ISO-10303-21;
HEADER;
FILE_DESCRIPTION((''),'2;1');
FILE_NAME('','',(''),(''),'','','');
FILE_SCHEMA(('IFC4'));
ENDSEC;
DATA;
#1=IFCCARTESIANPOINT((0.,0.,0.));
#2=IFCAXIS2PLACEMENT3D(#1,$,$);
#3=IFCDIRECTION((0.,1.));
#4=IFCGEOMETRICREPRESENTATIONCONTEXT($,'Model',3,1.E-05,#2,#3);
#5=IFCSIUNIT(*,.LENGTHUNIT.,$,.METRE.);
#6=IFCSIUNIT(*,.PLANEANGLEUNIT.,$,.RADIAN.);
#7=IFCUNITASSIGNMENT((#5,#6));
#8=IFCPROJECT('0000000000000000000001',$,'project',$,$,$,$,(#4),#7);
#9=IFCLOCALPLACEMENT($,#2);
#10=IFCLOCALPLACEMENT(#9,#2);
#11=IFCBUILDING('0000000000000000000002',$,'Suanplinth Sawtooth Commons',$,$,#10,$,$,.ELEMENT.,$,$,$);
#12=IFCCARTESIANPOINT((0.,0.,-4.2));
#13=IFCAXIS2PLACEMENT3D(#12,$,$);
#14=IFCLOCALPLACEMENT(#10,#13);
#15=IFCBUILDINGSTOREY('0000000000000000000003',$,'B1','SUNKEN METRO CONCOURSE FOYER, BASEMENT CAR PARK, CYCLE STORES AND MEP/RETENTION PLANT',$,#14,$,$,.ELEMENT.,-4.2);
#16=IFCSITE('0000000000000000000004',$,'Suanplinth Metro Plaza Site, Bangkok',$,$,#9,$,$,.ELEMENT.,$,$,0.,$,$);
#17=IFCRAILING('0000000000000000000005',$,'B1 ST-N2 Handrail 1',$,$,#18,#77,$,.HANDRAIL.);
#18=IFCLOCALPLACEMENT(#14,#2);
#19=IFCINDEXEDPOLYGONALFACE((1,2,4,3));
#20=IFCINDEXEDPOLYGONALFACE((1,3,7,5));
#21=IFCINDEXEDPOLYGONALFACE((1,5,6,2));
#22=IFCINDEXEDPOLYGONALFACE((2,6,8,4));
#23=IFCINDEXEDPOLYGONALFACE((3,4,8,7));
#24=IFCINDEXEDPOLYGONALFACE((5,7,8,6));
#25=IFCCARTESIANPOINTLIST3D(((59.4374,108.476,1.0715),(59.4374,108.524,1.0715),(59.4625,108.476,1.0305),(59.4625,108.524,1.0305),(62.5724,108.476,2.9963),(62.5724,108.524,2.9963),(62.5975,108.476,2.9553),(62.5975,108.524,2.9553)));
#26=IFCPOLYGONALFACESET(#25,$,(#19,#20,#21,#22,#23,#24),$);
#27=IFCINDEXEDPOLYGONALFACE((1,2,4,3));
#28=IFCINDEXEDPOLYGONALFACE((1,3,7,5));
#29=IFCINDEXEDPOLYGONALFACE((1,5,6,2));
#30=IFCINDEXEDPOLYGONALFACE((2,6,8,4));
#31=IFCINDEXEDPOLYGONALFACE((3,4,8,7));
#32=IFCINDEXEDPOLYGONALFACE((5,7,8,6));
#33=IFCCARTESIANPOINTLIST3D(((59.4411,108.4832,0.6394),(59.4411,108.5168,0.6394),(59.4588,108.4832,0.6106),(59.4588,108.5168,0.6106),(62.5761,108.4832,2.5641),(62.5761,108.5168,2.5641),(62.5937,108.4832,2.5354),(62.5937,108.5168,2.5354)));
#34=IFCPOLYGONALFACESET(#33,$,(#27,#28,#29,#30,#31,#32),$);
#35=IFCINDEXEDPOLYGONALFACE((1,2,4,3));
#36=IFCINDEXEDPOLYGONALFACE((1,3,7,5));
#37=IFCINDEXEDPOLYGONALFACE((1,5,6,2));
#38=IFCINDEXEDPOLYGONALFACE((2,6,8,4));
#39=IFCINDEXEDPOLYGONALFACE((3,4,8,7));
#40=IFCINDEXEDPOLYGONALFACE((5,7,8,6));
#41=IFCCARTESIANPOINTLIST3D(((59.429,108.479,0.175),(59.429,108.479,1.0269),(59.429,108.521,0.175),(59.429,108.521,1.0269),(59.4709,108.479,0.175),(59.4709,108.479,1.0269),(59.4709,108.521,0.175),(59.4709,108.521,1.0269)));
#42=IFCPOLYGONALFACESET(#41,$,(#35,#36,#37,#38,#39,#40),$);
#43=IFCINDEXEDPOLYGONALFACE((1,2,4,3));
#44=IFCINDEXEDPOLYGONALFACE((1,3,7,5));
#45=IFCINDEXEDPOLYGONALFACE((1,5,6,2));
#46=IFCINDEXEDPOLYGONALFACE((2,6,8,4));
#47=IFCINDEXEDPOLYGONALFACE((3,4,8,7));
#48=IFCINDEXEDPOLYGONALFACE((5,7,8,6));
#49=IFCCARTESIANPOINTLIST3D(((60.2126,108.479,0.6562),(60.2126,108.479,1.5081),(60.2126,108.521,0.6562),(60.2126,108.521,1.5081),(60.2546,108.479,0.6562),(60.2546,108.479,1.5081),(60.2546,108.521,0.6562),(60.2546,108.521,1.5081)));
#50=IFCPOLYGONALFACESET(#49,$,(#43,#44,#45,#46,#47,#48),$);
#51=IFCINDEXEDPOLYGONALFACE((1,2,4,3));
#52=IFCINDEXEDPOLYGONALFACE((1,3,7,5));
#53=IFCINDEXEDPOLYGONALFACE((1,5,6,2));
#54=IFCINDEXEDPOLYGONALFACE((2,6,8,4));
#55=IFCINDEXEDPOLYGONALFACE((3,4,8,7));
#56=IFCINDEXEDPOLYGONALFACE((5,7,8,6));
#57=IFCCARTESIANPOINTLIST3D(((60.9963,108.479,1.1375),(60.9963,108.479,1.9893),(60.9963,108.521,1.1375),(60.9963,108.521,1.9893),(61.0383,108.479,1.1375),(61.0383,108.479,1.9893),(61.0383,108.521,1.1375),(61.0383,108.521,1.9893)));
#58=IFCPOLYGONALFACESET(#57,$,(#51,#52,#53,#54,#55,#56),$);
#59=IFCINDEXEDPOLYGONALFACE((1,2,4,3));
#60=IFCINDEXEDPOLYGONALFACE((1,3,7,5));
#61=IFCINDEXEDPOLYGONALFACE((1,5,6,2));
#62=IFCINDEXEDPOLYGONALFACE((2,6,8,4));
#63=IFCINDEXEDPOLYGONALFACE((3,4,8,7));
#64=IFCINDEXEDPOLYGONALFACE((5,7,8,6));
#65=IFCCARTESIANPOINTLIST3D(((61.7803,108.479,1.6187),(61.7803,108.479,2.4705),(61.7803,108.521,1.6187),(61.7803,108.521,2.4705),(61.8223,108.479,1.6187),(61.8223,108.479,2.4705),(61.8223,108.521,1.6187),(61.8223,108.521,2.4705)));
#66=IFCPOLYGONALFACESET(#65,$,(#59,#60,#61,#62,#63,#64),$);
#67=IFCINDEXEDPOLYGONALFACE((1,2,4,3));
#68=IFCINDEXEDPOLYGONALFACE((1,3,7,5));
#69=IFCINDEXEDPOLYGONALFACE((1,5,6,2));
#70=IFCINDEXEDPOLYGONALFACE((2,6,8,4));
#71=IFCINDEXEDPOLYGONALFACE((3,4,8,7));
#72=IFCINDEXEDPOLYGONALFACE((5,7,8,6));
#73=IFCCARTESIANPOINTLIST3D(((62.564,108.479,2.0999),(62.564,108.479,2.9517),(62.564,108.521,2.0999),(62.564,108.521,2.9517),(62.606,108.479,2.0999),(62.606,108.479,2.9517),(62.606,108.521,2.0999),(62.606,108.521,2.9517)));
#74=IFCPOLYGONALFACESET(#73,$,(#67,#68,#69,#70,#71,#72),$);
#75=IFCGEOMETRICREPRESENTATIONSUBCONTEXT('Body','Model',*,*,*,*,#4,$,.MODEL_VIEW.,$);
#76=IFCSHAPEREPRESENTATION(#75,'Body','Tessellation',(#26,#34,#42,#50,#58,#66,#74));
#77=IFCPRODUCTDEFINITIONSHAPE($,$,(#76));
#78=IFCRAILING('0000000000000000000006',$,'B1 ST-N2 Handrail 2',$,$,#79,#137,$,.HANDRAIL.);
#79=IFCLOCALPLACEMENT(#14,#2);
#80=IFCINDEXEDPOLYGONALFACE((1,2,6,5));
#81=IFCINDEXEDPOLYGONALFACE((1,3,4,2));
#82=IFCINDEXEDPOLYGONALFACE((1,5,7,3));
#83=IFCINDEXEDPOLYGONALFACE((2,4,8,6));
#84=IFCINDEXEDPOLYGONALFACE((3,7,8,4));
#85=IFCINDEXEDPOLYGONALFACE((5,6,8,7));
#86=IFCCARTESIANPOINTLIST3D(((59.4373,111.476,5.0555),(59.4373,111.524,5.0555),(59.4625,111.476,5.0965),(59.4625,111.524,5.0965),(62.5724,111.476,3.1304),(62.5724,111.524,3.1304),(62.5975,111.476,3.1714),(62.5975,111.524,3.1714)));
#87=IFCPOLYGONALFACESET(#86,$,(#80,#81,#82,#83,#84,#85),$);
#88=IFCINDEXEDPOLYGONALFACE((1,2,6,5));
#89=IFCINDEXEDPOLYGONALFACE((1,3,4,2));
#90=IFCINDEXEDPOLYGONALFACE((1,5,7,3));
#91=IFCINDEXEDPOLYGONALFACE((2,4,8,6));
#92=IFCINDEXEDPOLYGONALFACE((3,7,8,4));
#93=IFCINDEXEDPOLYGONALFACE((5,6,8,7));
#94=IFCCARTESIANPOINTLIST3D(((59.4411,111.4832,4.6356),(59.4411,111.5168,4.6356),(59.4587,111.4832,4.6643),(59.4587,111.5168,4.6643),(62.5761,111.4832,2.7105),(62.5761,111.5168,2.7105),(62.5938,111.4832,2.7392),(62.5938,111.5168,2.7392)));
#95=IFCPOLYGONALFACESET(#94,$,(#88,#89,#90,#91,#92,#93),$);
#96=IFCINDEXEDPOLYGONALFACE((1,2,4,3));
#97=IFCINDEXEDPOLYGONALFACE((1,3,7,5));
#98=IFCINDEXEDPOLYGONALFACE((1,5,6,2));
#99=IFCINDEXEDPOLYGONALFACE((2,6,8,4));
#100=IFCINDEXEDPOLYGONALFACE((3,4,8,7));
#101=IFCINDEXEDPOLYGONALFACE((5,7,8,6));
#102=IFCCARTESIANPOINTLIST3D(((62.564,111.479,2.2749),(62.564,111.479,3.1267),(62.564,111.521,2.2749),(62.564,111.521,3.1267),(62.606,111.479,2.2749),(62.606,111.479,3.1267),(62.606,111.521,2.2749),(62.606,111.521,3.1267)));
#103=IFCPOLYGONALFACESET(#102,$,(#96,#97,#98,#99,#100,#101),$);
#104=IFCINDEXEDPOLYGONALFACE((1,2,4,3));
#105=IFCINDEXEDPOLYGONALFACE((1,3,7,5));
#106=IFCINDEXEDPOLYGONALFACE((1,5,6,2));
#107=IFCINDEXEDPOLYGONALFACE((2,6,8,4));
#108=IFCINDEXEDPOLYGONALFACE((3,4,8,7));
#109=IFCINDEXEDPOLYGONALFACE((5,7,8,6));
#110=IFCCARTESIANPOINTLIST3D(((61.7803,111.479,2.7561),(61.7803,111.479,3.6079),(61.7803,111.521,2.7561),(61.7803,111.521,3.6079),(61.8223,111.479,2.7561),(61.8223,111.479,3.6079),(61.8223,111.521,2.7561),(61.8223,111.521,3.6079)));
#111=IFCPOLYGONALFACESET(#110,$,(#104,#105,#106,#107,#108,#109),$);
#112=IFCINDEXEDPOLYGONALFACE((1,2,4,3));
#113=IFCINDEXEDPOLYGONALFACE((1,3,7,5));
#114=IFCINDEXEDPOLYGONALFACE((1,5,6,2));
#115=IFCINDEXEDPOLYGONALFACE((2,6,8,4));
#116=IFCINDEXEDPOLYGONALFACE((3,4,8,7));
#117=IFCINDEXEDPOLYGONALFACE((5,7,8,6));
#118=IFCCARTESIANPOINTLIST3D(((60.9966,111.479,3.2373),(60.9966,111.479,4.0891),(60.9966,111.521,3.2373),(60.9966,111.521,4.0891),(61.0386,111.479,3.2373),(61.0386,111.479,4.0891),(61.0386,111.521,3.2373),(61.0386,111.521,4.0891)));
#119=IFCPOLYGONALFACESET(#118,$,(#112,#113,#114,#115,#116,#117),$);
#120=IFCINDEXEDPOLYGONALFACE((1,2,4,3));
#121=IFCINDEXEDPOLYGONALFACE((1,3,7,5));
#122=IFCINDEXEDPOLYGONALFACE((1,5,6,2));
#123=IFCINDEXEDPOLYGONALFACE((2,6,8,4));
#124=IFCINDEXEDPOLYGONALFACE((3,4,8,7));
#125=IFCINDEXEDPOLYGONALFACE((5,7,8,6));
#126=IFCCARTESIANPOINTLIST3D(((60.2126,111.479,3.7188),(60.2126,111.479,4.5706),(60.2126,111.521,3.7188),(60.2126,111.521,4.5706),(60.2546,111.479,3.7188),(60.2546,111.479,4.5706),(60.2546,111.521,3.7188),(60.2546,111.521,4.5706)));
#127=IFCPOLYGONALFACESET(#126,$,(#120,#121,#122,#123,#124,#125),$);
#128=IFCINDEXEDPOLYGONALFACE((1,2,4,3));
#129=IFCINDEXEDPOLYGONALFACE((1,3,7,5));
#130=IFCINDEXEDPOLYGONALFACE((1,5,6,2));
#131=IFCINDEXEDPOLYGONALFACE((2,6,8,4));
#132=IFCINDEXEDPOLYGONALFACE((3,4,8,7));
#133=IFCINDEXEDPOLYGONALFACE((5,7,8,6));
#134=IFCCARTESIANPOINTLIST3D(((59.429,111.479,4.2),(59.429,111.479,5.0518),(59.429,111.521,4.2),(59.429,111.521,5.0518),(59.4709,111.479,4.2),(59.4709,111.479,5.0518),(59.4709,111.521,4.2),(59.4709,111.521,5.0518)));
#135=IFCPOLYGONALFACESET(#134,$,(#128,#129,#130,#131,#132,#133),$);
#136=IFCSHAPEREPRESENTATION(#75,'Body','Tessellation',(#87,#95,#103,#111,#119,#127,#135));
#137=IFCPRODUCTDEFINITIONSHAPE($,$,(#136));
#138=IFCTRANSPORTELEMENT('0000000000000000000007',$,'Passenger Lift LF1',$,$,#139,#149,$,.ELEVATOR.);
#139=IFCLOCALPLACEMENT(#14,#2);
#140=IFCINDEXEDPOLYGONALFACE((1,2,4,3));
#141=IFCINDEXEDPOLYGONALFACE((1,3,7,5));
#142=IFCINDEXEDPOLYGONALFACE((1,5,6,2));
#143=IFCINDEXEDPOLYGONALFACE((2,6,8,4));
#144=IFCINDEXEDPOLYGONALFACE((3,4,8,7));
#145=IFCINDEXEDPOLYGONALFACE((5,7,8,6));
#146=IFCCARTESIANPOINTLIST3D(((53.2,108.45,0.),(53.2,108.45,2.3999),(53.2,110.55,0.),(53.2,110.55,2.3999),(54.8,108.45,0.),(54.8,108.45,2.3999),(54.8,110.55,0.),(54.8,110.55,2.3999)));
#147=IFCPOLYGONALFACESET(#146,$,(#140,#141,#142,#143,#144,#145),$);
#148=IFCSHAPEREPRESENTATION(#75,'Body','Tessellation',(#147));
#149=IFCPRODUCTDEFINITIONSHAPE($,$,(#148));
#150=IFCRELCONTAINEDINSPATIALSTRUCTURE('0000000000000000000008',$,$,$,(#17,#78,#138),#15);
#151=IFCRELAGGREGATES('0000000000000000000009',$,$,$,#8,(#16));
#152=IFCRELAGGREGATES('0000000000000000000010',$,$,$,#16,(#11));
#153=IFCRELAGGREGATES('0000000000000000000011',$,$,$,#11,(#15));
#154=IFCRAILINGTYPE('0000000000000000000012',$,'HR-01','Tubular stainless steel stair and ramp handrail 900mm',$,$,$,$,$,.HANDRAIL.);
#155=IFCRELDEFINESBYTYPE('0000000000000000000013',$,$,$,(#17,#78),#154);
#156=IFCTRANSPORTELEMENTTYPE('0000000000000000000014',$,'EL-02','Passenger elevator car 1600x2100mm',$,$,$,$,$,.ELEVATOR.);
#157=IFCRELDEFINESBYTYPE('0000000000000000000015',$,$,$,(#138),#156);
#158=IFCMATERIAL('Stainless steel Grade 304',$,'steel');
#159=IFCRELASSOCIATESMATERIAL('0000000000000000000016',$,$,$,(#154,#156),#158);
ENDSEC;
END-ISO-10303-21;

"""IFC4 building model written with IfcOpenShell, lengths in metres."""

from ifc_helpers import new_model, si_unit, direction, frame, origin, origin_2d, place, context, subcontext, project, spatial, rectangle, extrude, material, type_object, element, save


model = new_model("IFC4")

# Units and contexts
model_context = context("Model", 3, precision=1e-05, world=origin(), true_north=direction((0.0, 1.0)))
body_context = subcontext(model_context, "Body", "Model", "MODEL_VIEW")
ifc_project = project(units=[si_unit("LENGTHUNIT", "METRE"), si_unit("PLANEANGLEUNIT", "RADIAN")], contexts=[model_context])

# Site, building, storey
site_placement = place(None, origin())
site = spatial("IfcSite", under=ifc_project, at=site_placement, Name="Suanplinth Metro Plaza Site, Bangkok", CompositionType="ELEMENT", RefElevation=0.0)
building_placement = place(site_placement, origin())
building = spatial("IfcBuilding", under=site, at=building_placement, Name="Suanplinth Sawtooth Commons", CompositionType="ELEMENT")
storey_placement = place(building_placement, frame((0.0, 0.0, -4.2)))
storey = spatial("IfcBuildingStorey", under=building, at=storey_placement, Name="B1", Description="SUNKEN METRO CONCOURSE FOYER, BASEMENT CAR PARK, CYCLE STORES AND MEP/RETENTION PLANT", CompositionType="ELEMENT", Elevation=-4.2)

# Railings
ifc_material_1 = material(Name="Stainless steel Grade 304", Category="steel")
railing_type_1 = type_object("IfcRailingType", Name="HR-01", Description="Tubular stainless steel stair and ramp handrail 900mm", PredefinedType="HANDRAIL", material=ifc_material_1)
railing_1_placement = place(storey_placement, frame((59.45, 108.5, 0.175)))
element("IfcRailing", 1, at=railing_1_placement, inside=storey, type_object=railing_type_1, Name="B1 ST-N2 Handrail 1", PredefinedType="HANDRAIL", context=body_context, shape_type="SweptSolid", body=[
    extrude(rectangle(XDim=0.0481, YDim=0.0481, at=origin_2d()), frame((0.0, 0.0, 0.876), z_axis=(0.852196, 0.0, 0.523223), x_axis=(0.0, 1.0, 0.0)), (0.0, 0.0, 1.0), 3.6787),
    extrude(rectangle(XDim=0.0337, YDim=0.0337, at=origin_2d()), frame((0.0, 0.0, 0.45), z_axis=(0.852196, 0.0, 0.523223), x_axis=(0.0, 1.0, 0.0)), (0.0, 0.0, 1.0), 3.6787),
    extrude(rectangle(XDim=0.042, YDim=0.042, at=origin_2d()), origin(), (0.0, 0.0, 1.0), 0.8518),
    extrude(rectangle(XDim=0.042, YDim=0.042, at=origin_2d()), frame((0.7837, 0.0, 0.4812)), (0.0, 0.0, 1.0), 0.8518),
    extrude(rectangle(XDim=0.042, YDim=0.042, at=origin_2d()), frame((1.5674, 0.0, 0.9624)), (0.0, 0.0, 1.0), 0.8518),
    extrude(rectangle(XDim=0.042, YDim=0.042, at=origin_2d()), frame((2.3513, 0.0, 1.4436)), (0.0, 0.0, 1.0), 0.8518),
    extrude(rectangle(XDim=0.042, YDim=0.042, at=origin_2d()), frame((3.135, 0.0, 1.9248)), (0.0, 0.0, 1.0), 0.8518),
])
railing_2_placement = place(storey_placement, frame((62.585, 111.5, 2.2749)))
element("IfcRailing", 2, at=railing_2_placement, inside=storey, type_object=railing_type_1, Name="B1 ST-N2 Handrail 2", PredefinedType="HANDRAIL", context=body_context, shape_type="SweptSolid", body=[
    extrude(rectangle(XDim=0.0481, YDim=0.0481, at=origin_2d()), frame((0.0, 0.0, 0.876), z_axis=(-0.852166, 0.0, 0.523271), x_axis=(0.0, -1.0, 0.0)), (0.0, 0.0, 1.0), 3.679),
    extrude(rectangle(XDim=0.0337, YDim=0.0337, at=origin_2d()), frame((0.0, 0.0, 0.45), z_axis=(-0.852166, 0.0, 0.523271), x_axis=(0.0, -1.0, 0.0)), (0.0, 0.0, 1.0), 3.679),
    extrude(rectangle(XDim=0.042, YDim=0.042, at=origin_2d()), origin(), (0.0, 0.0, 1.0), 0.8518),
    extrude(rectangle(XDim=0.042, YDim=0.042, at=origin_2d()), frame((-0.7837, 0.0, 0.4812)), (0.0, 0.0, 1.0), 0.8518),
    extrude(rectangle(XDim=0.042, YDim=0.042, at=origin_2d()), frame((-1.5674, 0.0, 0.9624)), (0.0, 0.0, 1.0), 0.8518),
    extrude(rectangle(XDim=0.042, YDim=0.042, at=origin_2d()), frame((-2.3513, 0.0, 1.4438)), (0.0, 0.0, 1.0), 0.8518),
    extrude(rectangle(XDim=0.042, YDim=0.042, at=origin_2d()), frame((-3.135, 0.0, 1.925)), (0.0, 0.0, 1.0), 0.8518),
])

# Transport element
transport_element_type = type_object("IfcTransportElementType", Name="EL-02", Description="Passenger elevator car 1600x2100mm", PredefinedType="ELEVATOR", material=ifc_material_1)
transport_element_placement = place(storey_placement, frame((54.0, 109.5, 0.0), z_axis=(0.0, 0.0, 1.0), x_axis=(1.0, 0.0, 0.0)))
element("IfcTransportElement", 3, at=transport_element_placement, inside=storey, type_object=transport_element_type, Name="Passenger Lift LF1", PredefinedType="ELEVATOR", context=body_context, shape_type="SweptSolid", body=[
    extrude(rectangle(XDim=1.6001, YDim=2.1001, at=origin_2d()), origin(), (0.0, 0.0, 1.0), 2.3999),
])

save(model, "model.ifc")
